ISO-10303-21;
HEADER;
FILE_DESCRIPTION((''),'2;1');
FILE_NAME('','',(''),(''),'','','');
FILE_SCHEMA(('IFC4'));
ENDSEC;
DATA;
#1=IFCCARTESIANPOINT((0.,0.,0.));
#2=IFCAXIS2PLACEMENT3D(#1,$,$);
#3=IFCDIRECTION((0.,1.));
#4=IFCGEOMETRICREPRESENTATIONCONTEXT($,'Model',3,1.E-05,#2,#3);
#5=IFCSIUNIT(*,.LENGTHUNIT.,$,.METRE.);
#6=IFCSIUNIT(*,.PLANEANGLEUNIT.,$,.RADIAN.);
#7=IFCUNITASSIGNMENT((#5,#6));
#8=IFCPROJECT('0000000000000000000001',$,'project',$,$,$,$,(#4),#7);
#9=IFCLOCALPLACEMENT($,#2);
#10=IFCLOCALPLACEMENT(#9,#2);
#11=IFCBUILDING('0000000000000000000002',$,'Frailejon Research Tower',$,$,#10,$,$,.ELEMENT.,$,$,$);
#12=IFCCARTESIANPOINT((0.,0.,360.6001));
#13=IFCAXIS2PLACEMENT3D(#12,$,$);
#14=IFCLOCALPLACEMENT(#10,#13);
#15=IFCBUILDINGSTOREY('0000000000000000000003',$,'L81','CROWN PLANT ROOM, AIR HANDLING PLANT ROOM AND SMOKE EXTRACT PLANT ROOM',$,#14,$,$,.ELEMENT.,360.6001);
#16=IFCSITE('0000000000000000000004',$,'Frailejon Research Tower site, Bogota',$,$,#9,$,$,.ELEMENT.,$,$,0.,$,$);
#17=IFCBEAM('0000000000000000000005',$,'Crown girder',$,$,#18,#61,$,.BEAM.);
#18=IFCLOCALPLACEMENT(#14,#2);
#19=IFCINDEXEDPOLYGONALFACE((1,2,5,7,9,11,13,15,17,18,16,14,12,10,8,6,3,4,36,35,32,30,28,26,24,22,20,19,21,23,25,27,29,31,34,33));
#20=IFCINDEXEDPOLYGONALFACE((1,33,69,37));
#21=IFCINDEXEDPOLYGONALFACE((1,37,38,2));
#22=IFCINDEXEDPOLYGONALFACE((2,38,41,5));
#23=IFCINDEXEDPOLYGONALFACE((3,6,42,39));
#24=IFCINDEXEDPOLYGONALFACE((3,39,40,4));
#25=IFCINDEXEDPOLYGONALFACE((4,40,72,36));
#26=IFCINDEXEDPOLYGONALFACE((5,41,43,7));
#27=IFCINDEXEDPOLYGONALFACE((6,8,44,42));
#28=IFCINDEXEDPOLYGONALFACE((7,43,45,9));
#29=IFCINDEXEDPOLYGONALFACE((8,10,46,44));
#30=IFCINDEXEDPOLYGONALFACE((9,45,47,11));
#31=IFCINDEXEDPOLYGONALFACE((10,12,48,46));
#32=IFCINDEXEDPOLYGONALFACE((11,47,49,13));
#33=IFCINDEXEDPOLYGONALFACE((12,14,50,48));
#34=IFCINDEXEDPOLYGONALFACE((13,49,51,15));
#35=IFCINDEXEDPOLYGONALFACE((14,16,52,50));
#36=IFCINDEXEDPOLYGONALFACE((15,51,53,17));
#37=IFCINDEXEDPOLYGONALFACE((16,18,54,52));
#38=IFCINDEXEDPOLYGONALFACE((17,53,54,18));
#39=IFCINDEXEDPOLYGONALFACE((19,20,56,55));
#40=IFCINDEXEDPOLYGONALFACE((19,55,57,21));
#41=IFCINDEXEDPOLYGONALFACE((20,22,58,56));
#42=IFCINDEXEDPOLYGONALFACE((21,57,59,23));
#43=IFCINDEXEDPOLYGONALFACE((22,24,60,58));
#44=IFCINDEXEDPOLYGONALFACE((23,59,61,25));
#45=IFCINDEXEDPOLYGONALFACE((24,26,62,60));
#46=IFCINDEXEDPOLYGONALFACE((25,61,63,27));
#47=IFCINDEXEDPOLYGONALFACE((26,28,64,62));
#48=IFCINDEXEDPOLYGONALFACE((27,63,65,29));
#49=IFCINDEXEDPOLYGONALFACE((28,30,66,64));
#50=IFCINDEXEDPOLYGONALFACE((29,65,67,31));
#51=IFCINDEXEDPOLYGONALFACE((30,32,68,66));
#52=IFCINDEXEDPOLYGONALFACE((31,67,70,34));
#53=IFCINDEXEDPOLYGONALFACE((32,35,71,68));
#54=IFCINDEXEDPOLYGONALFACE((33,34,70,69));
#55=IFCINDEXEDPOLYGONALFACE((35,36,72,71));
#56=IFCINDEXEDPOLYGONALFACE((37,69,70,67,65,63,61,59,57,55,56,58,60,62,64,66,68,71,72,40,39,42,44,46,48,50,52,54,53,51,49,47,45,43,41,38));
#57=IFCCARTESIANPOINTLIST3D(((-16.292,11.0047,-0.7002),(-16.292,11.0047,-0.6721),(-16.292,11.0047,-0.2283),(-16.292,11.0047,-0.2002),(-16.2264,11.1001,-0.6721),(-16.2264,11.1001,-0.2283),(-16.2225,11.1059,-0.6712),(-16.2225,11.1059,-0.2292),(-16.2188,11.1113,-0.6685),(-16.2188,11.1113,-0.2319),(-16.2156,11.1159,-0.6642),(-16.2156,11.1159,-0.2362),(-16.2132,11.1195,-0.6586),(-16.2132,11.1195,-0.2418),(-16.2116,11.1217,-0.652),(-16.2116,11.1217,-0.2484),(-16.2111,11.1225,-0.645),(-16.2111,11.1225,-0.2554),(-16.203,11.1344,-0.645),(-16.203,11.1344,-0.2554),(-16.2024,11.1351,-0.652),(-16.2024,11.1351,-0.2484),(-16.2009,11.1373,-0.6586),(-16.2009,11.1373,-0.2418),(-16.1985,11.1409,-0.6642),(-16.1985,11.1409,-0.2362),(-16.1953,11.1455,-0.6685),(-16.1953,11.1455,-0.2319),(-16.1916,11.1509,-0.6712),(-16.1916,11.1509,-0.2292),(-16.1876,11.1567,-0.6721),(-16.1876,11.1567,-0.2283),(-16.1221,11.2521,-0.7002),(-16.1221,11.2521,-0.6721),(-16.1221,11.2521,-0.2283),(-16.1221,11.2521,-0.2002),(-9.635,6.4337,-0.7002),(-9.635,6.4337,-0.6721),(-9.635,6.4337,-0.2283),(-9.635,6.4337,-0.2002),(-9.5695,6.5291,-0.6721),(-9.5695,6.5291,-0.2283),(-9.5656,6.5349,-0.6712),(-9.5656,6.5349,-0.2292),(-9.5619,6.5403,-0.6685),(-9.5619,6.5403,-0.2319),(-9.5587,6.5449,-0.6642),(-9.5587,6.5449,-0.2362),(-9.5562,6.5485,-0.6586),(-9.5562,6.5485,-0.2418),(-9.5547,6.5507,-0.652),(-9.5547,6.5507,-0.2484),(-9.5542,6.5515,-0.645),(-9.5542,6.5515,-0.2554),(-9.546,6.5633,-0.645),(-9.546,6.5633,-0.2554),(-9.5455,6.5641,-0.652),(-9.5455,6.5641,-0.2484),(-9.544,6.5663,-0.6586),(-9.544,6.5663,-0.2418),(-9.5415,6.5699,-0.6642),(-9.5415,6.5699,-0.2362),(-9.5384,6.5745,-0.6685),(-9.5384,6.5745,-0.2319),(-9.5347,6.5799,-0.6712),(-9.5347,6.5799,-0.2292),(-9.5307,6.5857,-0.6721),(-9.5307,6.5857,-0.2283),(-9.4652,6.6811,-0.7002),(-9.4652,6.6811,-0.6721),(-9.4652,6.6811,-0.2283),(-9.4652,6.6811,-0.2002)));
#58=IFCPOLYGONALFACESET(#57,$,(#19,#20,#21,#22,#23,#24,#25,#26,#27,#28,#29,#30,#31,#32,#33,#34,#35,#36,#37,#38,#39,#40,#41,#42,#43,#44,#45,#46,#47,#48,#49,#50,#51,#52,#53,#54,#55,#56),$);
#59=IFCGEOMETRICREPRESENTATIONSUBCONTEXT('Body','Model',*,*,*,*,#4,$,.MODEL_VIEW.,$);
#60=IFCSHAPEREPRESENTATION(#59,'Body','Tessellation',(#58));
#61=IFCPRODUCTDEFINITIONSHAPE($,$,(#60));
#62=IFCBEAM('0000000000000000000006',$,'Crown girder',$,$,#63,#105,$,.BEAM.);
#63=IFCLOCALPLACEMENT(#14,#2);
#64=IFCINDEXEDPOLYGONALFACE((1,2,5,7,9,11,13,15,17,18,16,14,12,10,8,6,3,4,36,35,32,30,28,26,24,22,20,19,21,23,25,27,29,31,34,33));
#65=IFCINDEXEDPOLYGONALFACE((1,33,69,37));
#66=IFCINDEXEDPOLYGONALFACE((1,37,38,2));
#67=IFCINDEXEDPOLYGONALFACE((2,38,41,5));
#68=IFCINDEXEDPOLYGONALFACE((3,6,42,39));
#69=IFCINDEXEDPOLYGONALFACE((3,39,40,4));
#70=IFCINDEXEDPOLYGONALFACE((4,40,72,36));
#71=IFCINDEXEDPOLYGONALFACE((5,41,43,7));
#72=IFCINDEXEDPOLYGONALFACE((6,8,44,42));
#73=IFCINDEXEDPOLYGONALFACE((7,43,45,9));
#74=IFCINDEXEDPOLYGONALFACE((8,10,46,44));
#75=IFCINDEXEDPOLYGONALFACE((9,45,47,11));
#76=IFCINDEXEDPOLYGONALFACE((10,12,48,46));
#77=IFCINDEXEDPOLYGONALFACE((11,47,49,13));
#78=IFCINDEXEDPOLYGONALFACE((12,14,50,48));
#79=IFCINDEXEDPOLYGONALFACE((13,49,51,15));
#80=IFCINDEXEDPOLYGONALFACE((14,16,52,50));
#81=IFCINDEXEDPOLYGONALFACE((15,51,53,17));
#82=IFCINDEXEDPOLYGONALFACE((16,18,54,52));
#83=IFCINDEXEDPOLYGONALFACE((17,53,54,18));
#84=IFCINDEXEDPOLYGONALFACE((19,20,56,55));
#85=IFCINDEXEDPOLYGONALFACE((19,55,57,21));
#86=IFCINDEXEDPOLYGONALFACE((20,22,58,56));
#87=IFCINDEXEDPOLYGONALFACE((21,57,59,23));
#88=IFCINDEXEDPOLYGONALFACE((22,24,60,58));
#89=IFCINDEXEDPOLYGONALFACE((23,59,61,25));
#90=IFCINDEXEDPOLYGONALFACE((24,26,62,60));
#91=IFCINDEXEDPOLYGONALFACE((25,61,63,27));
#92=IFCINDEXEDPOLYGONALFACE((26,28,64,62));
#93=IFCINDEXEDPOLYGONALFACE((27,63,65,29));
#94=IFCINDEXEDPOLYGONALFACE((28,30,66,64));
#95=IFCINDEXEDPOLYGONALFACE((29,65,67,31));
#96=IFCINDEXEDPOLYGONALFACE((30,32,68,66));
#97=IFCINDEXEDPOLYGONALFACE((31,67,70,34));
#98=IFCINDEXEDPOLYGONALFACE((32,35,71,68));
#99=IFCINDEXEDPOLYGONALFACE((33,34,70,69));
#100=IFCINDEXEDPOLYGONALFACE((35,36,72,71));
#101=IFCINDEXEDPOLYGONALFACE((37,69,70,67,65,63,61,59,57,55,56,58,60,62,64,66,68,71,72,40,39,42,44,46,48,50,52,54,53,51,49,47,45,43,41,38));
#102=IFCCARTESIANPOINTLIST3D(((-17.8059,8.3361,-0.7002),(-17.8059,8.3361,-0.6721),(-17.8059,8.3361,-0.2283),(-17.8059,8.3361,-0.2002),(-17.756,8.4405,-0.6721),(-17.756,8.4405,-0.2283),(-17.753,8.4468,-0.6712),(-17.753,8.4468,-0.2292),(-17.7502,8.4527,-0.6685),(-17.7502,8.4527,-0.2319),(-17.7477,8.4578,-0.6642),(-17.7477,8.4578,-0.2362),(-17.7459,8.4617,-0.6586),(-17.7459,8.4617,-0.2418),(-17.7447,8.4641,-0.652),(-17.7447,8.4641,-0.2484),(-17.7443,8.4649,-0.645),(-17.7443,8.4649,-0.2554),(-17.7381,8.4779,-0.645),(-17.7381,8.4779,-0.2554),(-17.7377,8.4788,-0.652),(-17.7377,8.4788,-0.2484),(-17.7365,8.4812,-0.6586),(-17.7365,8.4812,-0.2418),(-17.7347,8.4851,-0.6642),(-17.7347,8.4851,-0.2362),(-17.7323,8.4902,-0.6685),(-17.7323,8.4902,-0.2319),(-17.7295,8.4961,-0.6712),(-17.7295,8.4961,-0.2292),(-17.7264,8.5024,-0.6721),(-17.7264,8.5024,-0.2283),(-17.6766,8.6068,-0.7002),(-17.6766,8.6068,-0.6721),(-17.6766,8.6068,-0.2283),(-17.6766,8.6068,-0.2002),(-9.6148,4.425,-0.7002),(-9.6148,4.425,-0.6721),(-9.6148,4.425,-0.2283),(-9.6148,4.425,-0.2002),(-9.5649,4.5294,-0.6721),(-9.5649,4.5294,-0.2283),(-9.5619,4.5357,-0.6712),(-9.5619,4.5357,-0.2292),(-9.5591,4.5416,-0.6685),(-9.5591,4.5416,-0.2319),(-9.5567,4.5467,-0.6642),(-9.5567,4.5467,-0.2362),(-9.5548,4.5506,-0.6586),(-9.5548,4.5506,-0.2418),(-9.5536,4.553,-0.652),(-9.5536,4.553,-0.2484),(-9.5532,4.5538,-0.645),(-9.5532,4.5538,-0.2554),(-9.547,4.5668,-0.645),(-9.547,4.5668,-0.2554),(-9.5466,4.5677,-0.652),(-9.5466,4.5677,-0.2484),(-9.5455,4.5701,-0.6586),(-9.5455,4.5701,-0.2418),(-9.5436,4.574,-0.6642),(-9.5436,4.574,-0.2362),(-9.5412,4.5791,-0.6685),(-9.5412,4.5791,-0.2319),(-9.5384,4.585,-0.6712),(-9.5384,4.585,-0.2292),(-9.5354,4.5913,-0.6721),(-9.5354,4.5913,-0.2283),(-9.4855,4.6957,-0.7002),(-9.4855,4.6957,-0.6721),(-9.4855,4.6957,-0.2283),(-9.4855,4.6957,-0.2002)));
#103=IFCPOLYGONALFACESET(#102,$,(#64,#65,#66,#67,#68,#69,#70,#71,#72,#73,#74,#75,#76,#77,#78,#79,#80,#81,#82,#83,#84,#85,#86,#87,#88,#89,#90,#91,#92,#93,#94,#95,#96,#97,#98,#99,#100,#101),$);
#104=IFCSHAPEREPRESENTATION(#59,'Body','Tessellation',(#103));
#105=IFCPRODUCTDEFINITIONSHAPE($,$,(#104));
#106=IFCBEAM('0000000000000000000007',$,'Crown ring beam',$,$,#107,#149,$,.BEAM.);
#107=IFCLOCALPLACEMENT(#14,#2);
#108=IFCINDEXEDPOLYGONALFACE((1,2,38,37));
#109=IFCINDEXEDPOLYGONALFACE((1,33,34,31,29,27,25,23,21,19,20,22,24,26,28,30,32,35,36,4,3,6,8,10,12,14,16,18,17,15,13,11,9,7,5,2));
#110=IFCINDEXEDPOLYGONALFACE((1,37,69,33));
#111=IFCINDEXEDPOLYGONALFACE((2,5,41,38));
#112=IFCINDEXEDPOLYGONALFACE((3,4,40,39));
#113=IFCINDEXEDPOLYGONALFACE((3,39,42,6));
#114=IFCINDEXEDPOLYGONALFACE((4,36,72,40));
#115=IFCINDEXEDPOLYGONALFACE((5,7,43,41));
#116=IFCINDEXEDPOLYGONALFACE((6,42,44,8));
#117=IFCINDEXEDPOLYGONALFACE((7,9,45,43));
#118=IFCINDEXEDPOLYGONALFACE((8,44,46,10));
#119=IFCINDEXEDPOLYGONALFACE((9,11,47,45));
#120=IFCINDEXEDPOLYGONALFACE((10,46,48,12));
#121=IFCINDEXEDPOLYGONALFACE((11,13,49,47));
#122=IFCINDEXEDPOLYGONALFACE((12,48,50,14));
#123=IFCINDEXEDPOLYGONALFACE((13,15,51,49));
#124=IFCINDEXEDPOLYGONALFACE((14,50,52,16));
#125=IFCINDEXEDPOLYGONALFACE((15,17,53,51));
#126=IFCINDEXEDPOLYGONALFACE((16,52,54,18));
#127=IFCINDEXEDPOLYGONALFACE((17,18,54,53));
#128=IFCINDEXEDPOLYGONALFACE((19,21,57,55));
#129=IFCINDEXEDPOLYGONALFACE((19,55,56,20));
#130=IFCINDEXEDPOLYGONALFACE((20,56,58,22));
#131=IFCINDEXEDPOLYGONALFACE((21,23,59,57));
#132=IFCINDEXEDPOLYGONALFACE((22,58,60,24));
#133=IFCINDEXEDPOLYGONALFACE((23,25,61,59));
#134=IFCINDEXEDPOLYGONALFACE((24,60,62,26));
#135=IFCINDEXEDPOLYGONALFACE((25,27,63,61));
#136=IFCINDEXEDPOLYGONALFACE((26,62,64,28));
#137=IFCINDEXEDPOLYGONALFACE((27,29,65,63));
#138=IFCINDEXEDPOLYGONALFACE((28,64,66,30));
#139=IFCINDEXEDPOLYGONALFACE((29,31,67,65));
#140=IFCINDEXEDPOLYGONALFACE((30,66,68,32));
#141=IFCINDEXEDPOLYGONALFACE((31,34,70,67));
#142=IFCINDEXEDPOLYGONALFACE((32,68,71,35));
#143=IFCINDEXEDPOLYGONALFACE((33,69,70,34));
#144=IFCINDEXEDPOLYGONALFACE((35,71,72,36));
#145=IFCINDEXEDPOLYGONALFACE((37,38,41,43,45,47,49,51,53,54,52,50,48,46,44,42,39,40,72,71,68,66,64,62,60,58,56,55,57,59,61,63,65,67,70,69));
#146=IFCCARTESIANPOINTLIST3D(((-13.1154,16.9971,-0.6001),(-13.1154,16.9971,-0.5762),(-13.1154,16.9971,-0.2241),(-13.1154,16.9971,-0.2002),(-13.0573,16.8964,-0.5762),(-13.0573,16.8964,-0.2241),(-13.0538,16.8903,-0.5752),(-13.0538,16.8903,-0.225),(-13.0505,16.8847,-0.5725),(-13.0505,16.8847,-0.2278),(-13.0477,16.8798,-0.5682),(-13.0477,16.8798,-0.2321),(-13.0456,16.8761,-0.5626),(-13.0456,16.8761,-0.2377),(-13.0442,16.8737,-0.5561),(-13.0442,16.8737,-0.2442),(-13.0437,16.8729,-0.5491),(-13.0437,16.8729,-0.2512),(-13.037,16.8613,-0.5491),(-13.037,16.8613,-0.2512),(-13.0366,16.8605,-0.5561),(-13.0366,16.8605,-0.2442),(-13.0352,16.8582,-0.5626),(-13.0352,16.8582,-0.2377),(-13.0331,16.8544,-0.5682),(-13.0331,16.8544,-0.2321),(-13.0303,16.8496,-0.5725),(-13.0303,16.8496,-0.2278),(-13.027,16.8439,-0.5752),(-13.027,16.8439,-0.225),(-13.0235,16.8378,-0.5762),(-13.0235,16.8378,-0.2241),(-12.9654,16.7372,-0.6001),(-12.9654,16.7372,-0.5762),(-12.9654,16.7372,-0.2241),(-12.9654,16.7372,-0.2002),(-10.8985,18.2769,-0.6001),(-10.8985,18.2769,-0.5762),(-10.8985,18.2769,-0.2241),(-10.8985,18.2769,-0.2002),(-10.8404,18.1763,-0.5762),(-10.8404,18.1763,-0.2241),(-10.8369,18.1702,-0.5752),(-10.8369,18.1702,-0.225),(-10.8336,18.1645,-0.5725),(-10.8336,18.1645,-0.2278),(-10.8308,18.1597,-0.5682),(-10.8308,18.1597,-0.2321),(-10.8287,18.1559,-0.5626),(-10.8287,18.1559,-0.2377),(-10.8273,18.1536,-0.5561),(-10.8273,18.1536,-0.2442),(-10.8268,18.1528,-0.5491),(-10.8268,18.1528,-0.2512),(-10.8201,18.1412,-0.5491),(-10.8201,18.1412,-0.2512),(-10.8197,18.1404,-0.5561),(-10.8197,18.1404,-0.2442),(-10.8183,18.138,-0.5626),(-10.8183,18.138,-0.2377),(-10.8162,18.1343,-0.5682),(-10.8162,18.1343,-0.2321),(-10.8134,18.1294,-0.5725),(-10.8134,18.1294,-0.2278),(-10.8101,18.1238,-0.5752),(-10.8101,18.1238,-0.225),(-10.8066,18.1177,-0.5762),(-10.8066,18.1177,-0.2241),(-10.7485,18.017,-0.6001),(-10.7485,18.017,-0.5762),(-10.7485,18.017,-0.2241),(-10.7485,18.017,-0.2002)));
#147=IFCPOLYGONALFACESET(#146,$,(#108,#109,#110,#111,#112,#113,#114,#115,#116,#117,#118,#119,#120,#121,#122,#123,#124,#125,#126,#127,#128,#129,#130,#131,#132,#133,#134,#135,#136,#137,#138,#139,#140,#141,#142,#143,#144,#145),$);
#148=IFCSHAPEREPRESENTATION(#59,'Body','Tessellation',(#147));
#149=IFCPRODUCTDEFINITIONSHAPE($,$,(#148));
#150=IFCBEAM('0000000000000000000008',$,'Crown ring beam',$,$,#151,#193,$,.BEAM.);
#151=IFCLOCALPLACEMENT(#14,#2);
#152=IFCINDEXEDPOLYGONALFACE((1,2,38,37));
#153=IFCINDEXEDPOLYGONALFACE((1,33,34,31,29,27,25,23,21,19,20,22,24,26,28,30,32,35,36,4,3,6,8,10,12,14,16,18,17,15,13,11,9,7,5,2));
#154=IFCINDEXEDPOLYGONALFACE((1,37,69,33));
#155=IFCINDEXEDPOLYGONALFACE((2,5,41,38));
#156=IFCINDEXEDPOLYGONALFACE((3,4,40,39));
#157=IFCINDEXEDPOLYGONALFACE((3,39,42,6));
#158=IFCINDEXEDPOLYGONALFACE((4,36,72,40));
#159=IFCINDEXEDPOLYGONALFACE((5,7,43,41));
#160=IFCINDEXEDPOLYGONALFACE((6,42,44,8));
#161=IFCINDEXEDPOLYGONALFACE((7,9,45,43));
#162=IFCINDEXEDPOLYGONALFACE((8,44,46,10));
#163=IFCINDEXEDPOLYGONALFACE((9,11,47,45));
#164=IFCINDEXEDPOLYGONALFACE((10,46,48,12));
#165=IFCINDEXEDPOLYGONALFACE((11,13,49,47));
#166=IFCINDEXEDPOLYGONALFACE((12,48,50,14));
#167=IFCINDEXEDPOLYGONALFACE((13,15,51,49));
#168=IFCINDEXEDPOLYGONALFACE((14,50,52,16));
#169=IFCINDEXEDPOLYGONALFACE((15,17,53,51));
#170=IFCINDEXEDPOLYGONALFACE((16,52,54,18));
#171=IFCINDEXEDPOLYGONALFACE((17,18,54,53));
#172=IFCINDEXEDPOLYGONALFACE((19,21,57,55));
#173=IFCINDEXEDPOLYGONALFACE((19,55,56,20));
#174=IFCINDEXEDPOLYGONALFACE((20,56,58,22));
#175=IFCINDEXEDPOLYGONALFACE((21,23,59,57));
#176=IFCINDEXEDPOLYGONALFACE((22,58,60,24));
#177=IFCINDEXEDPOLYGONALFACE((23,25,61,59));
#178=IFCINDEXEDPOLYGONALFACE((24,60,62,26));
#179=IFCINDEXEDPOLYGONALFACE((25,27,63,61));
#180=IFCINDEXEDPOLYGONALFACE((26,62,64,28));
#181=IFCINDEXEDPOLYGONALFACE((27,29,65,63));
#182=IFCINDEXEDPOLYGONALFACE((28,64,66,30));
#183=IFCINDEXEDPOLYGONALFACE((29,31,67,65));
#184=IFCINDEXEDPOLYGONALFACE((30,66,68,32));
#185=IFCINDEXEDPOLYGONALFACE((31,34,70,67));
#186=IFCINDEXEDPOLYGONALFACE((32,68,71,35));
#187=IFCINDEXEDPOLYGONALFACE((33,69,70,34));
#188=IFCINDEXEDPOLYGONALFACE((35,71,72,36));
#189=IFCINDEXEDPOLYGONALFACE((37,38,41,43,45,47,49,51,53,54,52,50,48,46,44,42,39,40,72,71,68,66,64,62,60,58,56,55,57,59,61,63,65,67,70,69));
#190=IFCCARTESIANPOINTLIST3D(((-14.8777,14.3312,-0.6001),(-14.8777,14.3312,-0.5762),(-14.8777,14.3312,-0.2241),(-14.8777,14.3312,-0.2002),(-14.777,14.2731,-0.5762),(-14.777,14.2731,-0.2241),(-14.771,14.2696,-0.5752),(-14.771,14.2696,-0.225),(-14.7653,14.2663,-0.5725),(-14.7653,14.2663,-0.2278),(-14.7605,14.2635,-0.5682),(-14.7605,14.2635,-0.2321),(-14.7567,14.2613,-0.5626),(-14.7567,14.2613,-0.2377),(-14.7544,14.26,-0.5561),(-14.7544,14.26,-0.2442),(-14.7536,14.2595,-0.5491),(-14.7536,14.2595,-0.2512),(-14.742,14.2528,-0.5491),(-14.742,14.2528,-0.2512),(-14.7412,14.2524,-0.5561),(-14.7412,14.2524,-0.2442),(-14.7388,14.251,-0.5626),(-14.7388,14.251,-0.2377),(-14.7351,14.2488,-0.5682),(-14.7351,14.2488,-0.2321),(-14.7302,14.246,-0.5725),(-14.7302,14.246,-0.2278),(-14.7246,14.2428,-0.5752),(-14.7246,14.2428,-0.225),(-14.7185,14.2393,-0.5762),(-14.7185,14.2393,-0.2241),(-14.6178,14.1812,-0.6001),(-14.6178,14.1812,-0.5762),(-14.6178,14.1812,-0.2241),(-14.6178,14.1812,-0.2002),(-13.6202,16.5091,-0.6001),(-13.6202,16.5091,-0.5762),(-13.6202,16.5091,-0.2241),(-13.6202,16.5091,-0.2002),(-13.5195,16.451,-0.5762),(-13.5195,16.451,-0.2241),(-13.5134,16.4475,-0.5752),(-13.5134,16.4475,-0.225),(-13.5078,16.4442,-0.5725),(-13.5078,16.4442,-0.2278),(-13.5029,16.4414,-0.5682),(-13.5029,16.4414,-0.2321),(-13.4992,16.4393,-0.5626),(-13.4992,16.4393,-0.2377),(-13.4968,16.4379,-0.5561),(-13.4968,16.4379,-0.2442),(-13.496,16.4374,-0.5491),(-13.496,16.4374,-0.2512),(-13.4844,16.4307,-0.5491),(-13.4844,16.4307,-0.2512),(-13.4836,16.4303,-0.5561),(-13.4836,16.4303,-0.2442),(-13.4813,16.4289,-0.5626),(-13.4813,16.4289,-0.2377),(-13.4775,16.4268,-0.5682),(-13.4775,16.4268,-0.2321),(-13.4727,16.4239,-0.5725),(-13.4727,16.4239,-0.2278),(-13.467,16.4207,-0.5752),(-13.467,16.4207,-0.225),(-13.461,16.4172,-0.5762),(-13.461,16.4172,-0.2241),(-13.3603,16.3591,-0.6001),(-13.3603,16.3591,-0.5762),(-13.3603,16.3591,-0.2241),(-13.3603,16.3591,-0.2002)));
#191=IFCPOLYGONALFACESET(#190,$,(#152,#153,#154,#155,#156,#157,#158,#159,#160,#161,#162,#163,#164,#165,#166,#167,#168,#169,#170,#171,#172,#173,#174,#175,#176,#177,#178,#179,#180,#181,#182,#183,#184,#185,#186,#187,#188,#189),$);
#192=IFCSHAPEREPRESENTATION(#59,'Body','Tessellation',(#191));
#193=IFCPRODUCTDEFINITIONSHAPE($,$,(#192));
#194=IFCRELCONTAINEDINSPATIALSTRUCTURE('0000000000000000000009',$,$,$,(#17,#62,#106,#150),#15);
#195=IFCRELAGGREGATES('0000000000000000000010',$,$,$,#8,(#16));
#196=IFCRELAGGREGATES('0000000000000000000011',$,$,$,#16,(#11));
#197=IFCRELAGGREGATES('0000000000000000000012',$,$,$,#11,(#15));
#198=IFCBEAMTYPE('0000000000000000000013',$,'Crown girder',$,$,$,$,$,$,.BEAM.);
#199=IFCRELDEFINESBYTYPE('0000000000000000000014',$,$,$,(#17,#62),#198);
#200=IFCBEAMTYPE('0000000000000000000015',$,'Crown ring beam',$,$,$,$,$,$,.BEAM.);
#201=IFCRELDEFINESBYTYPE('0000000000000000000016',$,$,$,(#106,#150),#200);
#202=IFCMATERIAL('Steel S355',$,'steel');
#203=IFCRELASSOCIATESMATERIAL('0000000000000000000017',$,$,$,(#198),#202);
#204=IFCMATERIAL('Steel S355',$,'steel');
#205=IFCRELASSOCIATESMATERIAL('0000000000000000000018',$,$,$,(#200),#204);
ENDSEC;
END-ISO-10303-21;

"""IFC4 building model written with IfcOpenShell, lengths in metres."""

from ifc_helpers import new_model, si_unit, direction, frame, origin, origin_2d, place, context, subcontext, project, spatial, i_section, extrude, material, material_profile, profile_set, type_object, element, save


model = new_model("IFC4")

# Units and contexts
model_context = context("Model", 3, precision=1e-05, world=origin(), true_north=direction((0.0, 1.0)))
body_context = subcontext(model_context, "Body", "Model", "MODEL_VIEW")
ifc_project = project(units=[si_unit("LENGTHUNIT", "METRE"), si_unit("PLANEANGLEUNIT", "RADIAN")], contexts=[model_context])

# Site, building, storey
site_placement = place(None, origin())
site = spatial("IfcSite", under=ifc_project, at=site_placement, Name="Frailejon Research Tower site, Bogota", CompositionType="ELEMENT", RefElevation=0.0)
building_placement = place(site_placement, origin())
building = spatial("IfcBuilding", under=site, at=building_placement, Name="Frailejon Research Tower", CompositionType="ELEMENT")
storey_placement = place(building_placement, frame((0.0, 0.0, 360.6001)))
storey = spatial("IfcBuildingStorey", under=building, at=storey_placement, Name="L81", Description="CROWN PLANT ROOM, AIR HANDLING PLANT ROOM AND SMOKE EXTRACT PLANT ROOM", CompositionType="ELEMENT", Elevation=360.6001)

# Beams
ifc_material_1 = material(Name="Steel S355", Category="steel")
ifc_material_profile_1 = material_profile(ifc_material_1, i_section(OverallWidth=0.3, OverallDepth=0.5, WebThickness=0.0144, FlangeThickness=0.0281, FilletRadius=0.0271, at=origin_2d()), Name="HE 500 B")
ifc_profile_set_1 = profile_set([ifc_material_profile_1], Name="Steel S355")
beam_type_1 = type_object("IfcBeamType", Name="Crown girder", PredefinedType="BEAM", material=ifc_profile_set_1)
beam_1_placement = place(storey_placement, frame((-16.207, 11.1284, -0.4502), z_axis=(0.824367, -0.566055, 0.0), x_axis=(0.566055, 0.824367, 0.0)))
element("IfcBeam", 1, at=beam_1_placement, inside=storey, type_object=beam_type_1, Name="Crown girder", PredefinedType="BEAM", context=body_context, shape_type="SweptSolid", body=[
    extrude(i_section(OverallWidth=0.3, OverallDepth=0.5, WebThickness=0.0144, FlangeThickness=0.0281, FilletRadius=0.0271, at=origin_2d()), origin(), (0.0, 0.0, 1.0), 8.0752),
])
beam_2_placement = place(storey_placement, frame((-17.7412, 8.4714, -0.4502), z_axis=(0.902408, -0.430883, 0.0), x_axis=(0.430883, 0.902408, 0.0)))
element("IfcBeam", 2, at=beam_2_placement, inside=storey, type_object=beam_type_1, Name="Crown girder", PredefinedType="BEAM", context=body_context, shape_type="SweptSolid", body=[
    extrude(i_section(OverallWidth=0.3, OverallDepth=0.5, WebThickness=0.0144, FlangeThickness=0.0281, FilletRadius=0.0271, at=origin_2d()), origin(), (0.0, 0.0, 1.0), 9.0769),
])
ifc_material_2 = material(Name="Steel S355", Category="steel")
ifc_material_profile_2 = material_profile(ifc_material_2, i_section(OverallWidth=0.3, OverallDepth=0.3999, WebThickness=0.0134, FlangeThickness=0.0239, FilletRadius=0.0271, at=origin_2d()), Name="HE 400 B")
ifc_profile_set_2 = profile_set([ifc_material_profile_2], Name="Steel S355")
beam_type_2 = type_object("IfcBeamType", Name="Crown ring beam", PredefinedType="BEAM", material=ifc_profile_set_2)
beam_3_placement = place(storey_placement, frame((-10.8235, 18.147, -0.4001), z_axis=(-0.866039, -0.499976, 0.0), x_axis=(0.499976, -0.866039, 0.0)))
element("IfcBeam", 3, at=beam_3_placement, inside=storey, type_object=beam_type_2, Name="Crown ring beam", PredefinedType="BEAM", context=body_context, shape_type="SweptSolid", body=[
    extrude(i_section(OverallWidth=0.3, OverallDepth=0.3999, WebThickness=0.0134, FlangeThickness=0.0239, FilletRadius=0.0271, at=origin_2d()), origin(), (0.0, 0.0, 1.0), 2.5598),
])
for number, where, z_axis, x_axis, name in (
    (4, (-13.4902, 16.4341, -0.4001), (-0.500033, -0.866006, 0.0), (0.866006, -0.500033, 0.0), "Crown ring beam"),
):
    element("IfcBeam", number, at=place(storey_placement, frame(where, z_axis=z_axis, x_axis=x_axis)), inside=storey, type_object=beam_type_2, Name=name, PredefinedType="BEAM", context=body_context, shape_type="SweptSolid", body=[
        extrude(i_section(OverallWidth=0.3, OverallDepth=0.3999, WebThickness=0.0134, FlangeThickness=0.0239, FilletRadius=0.0271, at=origin_2d()), origin(), (0.0, 0.0, 1.0), 2.5149),
    ])

save(model, "model.ifc")
